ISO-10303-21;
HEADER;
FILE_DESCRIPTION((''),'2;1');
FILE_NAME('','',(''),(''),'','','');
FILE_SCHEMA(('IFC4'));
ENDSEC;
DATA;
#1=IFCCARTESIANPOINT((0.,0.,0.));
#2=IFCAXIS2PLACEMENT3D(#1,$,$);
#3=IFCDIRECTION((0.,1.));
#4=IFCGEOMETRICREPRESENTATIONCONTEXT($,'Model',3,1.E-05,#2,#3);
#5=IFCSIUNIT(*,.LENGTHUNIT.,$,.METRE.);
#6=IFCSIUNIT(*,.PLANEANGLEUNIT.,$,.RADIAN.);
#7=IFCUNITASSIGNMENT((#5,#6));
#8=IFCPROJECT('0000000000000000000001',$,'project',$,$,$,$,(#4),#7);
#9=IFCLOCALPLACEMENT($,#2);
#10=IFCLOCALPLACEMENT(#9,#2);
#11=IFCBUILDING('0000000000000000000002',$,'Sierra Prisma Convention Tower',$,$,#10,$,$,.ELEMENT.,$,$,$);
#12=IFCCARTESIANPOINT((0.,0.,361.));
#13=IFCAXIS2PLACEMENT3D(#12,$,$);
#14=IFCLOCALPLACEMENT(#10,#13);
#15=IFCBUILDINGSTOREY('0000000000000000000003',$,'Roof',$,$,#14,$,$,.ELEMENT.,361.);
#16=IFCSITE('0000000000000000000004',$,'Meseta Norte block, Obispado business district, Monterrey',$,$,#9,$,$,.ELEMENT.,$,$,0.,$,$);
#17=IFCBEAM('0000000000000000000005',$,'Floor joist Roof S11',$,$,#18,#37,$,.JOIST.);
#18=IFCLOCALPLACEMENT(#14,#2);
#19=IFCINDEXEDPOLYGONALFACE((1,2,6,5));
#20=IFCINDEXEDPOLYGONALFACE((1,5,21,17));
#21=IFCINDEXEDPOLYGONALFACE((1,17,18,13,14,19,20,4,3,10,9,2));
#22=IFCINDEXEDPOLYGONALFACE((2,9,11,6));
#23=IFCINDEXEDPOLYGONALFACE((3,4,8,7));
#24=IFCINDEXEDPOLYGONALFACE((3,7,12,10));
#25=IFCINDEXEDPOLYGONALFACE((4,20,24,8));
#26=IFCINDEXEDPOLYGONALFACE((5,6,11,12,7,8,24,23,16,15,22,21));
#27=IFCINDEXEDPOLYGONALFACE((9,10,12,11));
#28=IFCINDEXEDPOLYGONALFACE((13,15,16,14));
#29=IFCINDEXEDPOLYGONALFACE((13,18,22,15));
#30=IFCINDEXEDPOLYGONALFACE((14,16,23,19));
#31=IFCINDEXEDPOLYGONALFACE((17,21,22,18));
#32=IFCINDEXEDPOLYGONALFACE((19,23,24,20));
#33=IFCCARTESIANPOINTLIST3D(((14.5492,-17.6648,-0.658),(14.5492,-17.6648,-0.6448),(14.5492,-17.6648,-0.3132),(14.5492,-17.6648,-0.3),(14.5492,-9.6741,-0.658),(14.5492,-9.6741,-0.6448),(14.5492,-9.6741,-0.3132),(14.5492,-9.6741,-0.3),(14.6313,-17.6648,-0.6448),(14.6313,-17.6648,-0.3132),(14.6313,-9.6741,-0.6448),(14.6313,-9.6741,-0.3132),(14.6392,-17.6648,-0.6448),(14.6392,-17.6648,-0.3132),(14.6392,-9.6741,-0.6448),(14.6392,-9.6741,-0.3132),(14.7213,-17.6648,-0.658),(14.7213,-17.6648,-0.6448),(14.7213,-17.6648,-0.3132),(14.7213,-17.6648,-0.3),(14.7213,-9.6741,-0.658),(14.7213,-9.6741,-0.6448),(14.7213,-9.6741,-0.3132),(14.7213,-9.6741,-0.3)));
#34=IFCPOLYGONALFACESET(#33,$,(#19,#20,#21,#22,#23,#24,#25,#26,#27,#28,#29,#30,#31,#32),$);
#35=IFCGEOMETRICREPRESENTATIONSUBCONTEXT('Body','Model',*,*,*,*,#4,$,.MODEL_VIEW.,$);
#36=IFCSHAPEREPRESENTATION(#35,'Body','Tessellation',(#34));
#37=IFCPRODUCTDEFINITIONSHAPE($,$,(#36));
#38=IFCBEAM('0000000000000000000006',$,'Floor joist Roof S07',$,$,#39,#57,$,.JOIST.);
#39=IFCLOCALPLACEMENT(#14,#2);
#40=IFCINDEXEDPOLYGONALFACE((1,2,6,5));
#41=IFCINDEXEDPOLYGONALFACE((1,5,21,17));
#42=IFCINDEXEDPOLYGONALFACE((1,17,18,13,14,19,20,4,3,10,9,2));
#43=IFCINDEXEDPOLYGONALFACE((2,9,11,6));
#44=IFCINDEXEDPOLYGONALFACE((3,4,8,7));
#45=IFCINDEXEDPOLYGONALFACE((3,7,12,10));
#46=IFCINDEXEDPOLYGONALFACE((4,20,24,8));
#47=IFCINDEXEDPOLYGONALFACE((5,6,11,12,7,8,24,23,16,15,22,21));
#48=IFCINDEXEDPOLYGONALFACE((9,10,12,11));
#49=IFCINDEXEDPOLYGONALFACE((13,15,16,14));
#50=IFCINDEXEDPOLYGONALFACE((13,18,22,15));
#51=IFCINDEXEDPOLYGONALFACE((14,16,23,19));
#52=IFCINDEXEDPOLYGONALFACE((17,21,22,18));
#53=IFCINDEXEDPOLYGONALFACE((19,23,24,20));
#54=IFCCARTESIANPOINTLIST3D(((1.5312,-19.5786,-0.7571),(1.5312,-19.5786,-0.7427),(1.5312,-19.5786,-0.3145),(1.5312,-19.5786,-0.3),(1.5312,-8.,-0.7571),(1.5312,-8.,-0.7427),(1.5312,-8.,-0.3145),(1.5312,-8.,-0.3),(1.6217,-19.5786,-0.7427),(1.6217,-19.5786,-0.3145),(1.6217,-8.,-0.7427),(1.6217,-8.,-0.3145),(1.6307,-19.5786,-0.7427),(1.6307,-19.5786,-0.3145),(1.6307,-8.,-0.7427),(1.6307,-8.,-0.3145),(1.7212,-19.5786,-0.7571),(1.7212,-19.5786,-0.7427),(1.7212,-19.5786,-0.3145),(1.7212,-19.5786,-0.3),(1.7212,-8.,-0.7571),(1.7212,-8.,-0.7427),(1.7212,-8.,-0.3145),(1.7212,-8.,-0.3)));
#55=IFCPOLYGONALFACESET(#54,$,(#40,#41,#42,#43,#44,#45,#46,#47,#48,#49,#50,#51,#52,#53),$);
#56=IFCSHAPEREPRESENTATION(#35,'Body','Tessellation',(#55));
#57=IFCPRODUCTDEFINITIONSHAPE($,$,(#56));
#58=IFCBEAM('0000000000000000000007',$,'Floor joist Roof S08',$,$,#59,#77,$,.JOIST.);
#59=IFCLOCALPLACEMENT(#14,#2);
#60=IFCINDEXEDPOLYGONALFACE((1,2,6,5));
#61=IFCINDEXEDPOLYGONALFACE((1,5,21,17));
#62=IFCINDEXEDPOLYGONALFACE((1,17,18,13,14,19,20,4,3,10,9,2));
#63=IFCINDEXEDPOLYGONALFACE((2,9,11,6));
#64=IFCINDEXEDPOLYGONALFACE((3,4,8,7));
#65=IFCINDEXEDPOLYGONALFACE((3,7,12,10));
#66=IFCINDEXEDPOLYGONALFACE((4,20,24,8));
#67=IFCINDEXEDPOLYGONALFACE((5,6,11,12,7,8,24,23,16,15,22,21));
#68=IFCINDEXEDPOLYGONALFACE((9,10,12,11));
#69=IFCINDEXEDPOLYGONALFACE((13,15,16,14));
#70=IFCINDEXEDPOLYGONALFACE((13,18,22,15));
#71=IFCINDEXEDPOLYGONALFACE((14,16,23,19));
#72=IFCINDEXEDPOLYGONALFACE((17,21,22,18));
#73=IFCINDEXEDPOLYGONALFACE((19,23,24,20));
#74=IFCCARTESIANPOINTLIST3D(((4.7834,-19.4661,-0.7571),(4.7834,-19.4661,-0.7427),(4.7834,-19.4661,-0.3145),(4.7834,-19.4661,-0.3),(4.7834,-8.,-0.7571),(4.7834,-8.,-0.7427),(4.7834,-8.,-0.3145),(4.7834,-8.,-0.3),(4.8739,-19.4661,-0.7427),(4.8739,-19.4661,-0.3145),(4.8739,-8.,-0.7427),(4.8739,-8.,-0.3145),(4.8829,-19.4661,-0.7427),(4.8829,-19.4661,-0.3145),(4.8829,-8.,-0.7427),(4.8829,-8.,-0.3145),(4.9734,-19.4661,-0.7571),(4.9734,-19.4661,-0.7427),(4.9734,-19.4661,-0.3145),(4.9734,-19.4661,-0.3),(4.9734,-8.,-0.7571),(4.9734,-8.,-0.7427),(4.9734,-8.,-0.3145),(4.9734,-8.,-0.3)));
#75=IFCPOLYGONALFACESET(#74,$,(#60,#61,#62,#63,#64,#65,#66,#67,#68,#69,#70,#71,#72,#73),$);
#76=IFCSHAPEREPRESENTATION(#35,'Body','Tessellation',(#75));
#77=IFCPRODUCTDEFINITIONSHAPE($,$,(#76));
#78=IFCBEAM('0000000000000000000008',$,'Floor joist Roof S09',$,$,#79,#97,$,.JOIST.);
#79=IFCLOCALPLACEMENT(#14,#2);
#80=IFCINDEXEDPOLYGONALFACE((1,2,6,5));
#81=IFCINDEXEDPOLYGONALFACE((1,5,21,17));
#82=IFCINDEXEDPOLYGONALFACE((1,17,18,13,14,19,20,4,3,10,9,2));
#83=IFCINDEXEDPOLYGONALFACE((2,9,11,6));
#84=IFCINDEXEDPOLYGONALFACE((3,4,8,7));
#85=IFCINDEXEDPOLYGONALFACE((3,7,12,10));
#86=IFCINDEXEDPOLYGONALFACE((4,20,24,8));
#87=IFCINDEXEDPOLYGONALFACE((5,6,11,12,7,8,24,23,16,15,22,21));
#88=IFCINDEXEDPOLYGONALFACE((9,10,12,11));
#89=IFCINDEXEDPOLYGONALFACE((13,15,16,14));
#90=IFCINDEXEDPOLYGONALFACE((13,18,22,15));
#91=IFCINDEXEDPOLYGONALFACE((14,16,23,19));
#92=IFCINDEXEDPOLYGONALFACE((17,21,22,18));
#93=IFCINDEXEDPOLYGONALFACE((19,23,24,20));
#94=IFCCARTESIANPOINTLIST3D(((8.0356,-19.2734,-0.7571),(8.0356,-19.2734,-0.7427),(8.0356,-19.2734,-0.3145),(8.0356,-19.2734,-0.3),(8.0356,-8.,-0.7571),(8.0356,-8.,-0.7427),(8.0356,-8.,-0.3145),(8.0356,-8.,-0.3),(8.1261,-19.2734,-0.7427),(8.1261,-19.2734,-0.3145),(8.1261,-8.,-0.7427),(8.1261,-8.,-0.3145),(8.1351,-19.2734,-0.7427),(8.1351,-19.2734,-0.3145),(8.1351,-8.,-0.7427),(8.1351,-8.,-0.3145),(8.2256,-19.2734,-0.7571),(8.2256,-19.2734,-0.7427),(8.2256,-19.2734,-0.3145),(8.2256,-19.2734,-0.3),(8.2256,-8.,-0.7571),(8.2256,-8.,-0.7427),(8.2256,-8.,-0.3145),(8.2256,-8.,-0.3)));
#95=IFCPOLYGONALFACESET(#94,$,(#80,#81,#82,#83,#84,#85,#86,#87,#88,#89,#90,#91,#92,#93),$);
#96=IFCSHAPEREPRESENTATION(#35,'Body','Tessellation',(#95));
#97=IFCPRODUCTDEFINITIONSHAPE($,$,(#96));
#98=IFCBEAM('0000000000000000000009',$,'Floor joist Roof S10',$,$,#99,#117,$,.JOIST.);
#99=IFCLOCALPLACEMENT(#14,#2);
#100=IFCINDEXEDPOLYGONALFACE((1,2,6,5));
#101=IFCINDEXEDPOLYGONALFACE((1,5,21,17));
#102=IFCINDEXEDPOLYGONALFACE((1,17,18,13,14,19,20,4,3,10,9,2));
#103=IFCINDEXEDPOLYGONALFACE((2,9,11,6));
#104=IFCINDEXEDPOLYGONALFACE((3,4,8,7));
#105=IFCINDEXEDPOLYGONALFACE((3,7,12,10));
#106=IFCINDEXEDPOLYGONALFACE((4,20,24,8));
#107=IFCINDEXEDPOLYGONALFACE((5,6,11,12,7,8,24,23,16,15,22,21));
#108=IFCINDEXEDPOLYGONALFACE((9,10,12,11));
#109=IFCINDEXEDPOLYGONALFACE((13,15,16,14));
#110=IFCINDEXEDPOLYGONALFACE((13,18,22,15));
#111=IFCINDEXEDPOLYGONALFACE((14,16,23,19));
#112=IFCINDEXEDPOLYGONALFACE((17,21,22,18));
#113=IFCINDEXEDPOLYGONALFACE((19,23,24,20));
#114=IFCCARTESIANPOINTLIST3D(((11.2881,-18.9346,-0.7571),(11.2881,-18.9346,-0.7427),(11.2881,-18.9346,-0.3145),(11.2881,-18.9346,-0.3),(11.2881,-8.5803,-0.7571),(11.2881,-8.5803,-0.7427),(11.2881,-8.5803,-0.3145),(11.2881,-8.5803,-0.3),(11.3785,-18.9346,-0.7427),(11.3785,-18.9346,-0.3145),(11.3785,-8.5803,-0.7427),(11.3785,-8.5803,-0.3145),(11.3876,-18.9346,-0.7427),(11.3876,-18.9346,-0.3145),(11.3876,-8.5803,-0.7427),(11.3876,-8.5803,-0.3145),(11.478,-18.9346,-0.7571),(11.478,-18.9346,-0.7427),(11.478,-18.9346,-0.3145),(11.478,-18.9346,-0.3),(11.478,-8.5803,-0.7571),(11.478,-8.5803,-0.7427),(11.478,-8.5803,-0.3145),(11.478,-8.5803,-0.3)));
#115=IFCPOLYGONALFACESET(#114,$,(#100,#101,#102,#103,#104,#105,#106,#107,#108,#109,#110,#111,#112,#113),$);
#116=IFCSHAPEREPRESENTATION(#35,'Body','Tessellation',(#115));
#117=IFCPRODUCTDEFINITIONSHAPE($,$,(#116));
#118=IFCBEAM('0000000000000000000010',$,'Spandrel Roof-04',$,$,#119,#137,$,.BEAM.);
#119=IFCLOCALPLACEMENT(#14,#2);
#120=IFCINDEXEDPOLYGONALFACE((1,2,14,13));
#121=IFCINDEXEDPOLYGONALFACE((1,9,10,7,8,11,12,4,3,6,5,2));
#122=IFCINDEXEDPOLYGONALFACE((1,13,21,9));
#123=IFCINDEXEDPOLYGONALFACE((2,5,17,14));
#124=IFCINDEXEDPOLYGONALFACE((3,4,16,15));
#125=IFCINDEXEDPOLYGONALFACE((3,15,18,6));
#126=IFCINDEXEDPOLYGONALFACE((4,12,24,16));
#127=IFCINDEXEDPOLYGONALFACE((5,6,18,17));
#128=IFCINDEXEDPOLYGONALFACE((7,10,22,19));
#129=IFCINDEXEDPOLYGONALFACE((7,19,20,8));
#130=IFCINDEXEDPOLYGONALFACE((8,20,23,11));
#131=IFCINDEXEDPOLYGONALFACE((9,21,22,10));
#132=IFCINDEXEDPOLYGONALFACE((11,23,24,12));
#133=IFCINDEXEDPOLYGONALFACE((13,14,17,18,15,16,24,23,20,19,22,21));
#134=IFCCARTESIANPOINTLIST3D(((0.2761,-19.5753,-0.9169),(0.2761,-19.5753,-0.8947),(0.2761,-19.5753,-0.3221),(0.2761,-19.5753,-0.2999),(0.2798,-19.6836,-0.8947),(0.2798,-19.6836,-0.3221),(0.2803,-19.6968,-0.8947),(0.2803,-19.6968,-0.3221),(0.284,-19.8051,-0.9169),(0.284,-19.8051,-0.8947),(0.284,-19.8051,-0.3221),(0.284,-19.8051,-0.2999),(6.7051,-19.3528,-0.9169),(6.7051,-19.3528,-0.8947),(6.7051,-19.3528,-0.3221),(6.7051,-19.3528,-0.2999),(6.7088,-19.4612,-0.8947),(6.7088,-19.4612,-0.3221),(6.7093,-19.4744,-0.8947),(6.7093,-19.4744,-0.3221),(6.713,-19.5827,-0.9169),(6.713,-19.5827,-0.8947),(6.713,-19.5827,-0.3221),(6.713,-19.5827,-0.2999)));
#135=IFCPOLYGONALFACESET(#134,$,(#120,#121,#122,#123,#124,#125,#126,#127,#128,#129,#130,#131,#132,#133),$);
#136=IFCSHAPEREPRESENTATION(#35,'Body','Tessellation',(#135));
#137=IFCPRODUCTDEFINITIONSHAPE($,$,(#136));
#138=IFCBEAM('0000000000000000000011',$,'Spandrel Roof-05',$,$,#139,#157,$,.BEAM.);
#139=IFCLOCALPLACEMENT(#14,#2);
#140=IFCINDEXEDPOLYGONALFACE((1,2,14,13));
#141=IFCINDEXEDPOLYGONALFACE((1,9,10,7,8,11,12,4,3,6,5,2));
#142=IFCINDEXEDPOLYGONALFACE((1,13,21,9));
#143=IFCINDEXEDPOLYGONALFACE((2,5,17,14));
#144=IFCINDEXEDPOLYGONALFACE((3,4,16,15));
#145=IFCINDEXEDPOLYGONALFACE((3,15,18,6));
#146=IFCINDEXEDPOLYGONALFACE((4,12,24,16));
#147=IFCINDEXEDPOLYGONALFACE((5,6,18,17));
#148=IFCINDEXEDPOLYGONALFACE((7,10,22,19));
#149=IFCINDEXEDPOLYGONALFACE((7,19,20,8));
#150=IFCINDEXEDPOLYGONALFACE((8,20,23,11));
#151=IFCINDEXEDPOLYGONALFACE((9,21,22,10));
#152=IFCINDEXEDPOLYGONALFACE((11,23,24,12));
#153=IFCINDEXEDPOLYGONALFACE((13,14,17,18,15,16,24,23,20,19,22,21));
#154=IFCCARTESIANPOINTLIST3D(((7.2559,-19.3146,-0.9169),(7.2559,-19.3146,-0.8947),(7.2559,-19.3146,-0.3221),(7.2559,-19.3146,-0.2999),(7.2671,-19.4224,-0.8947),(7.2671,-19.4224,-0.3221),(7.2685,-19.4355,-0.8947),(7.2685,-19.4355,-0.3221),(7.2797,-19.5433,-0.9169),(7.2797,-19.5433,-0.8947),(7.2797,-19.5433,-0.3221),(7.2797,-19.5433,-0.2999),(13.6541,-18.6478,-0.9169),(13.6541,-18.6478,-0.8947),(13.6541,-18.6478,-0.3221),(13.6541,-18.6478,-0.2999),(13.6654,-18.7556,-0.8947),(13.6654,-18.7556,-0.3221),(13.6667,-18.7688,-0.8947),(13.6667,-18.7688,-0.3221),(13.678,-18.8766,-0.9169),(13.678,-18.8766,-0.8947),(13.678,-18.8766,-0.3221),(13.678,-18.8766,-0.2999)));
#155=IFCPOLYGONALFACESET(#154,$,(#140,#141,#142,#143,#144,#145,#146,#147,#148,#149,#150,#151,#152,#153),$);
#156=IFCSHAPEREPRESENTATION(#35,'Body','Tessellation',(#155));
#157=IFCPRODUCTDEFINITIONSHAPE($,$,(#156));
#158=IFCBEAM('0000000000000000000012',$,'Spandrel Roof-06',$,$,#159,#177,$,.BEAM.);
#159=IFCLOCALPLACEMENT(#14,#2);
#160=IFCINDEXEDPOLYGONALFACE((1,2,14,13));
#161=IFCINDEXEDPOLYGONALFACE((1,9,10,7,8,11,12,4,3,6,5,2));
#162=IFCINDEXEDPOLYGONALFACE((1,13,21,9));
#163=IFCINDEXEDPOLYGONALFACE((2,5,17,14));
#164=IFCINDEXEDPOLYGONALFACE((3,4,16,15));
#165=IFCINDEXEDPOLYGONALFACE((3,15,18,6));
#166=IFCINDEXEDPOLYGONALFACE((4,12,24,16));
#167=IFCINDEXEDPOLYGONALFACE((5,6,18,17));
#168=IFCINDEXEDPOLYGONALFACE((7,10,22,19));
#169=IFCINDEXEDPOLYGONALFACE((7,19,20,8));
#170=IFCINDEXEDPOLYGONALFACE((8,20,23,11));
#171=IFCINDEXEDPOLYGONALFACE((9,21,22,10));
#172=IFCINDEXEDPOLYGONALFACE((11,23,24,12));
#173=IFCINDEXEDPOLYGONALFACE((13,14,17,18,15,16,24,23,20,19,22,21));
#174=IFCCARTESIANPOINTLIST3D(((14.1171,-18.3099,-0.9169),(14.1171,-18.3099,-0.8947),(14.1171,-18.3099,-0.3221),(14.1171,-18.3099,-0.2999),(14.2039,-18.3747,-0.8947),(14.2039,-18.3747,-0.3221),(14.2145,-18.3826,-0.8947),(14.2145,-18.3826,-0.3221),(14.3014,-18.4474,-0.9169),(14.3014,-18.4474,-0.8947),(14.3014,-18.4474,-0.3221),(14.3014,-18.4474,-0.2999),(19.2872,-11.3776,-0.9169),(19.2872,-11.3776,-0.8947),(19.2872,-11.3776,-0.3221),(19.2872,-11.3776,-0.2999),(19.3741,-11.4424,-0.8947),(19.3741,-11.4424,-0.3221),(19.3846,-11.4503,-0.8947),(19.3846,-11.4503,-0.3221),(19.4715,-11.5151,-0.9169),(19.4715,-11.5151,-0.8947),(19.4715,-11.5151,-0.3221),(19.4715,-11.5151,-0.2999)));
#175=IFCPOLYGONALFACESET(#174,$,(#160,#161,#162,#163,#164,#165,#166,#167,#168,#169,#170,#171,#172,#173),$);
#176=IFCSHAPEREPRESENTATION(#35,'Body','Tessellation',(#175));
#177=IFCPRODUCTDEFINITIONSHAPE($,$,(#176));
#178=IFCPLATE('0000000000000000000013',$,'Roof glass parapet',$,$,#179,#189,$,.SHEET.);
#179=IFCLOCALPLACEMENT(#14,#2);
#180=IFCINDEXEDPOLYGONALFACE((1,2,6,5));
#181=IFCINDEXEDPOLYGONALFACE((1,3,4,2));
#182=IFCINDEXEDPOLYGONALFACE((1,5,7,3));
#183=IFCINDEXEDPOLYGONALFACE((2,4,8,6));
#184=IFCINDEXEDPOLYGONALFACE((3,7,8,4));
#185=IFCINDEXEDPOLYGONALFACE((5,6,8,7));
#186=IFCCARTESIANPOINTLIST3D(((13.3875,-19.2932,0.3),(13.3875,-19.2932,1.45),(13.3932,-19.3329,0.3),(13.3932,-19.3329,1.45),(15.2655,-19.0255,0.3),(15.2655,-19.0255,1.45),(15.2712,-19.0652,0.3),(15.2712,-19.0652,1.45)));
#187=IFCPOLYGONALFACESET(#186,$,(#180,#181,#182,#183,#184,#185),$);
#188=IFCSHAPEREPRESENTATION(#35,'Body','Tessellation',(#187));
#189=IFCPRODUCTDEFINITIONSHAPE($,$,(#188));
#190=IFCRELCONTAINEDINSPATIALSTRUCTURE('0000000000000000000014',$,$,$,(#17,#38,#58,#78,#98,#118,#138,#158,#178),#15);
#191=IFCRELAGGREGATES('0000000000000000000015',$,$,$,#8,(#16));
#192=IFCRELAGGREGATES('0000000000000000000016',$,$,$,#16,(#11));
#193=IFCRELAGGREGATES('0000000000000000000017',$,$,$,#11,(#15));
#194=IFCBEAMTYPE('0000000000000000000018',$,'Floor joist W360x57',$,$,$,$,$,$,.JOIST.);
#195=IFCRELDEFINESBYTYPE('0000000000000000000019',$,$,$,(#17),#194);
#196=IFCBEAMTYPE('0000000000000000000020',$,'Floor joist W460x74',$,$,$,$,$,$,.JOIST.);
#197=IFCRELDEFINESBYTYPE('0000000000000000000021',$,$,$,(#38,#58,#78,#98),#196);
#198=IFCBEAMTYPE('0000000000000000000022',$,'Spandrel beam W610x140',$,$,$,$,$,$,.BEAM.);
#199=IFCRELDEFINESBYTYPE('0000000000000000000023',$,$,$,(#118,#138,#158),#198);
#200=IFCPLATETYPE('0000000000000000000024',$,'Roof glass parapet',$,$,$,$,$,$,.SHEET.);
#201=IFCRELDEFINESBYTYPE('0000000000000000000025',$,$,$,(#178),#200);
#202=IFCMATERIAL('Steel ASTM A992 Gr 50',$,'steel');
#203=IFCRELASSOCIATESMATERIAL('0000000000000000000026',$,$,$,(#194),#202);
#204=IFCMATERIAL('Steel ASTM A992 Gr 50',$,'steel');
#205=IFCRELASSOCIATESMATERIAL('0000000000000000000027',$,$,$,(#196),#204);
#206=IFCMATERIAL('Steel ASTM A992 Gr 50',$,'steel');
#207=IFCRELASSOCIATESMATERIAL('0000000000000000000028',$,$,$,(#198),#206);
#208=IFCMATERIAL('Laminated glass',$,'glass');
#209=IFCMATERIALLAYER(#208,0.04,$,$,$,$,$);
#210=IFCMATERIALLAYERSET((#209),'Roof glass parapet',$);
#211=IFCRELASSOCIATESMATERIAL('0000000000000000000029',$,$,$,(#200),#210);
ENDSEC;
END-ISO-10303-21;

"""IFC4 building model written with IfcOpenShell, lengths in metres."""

from ifc_helpers import new_model, si_unit, direction, frame, origin, origin_2d, place, context, subcontext, project, spatial, rectangle, i_section, extrude, material, layer, layer_set, material_profile, profile_set, type_object, element, save


model = new_model("IFC4")

# Units and contexts
model_context = context("Model", 3, precision=1e-05, world=origin(), true_north=direction((0.0, 1.0)))
body_context = subcontext(model_context, "Body", "Model", "MODEL_VIEW")
ifc_project = project(units=[si_unit("LENGTHUNIT", "METRE"), si_unit("PLANEANGLEUNIT", "RADIAN")], contexts=[model_context])

# Site, building, storey
site_placement = place(None, origin())
site = spatial("IfcSite", under=ifc_project, at=site_placement, Name="Meseta Norte block, Obispado business district, Monterrey", CompositionType="ELEMENT", RefElevation=0.0)
building_placement = place(site_placement, origin())
building = spatial("IfcBuilding", under=site, at=building_placement, Name="Sierra Prisma Convention Tower", CompositionType="ELEMENT")
storey_placement = place(building_placement, frame((0.0, 0.0, 361.0)))
storey = spatial("IfcBuildingStorey", under=building, at=storey_placement, Name="Roof", CompositionType="ELEMENT", Elevation=361.0)

# Beams
ifc_material_1 = material(Name="Steel ASTM A992 Gr 50", Category="steel")
ifc_material_profile_1 = material_profile(ifc_material_1, i_section(OverallWidth=0.1721, OverallDepth=0.3579, WebThickness=0.0078, FlangeThickness=0.0132, at=origin_2d()), Name="W360x57")
ifc_profile_set_1 = profile_set([ifc_material_profile_1], Name="Steel ASTM A992 Gr 50")
beam_type_1 = type_object("IfcBeamType", Name="Floor joist W360x57", PredefinedType="JOIST", material=ifc_profile_set_1)
beam_1_placement = place(storey_placement, frame((14.6353, -17.6648, -0.479), z_axis=(0.0, 1.0, 0.0), x_axis=(-1.0, 0.0, 0.0)))
element("IfcBeam", 1, at=beam_1_placement, inside=storey, type_object=beam_type_1, Name="Floor joist Roof S11", PredefinedType="JOIST", context=body_context, shape_type="SweptSolid", body=[
    extrude(i_section(OverallWidth=0.1721, OverallDepth=0.3579, WebThickness=0.0078, FlangeThickness=0.0132, at=origin_2d()), origin(), (0.0, 0.0, 1.0), 7.9907),
])
ifc_material_2 = material(Name="Steel ASTM A992 Gr 50", Category="steel")
ifc_material_profile_2 = material_profile(ifc_material_2, i_section(OverallWidth=0.1899, OverallDepth=0.457, WebThickness=0.009, FlangeThickness=0.0144, at=origin_2d()), Name="W460x74")
ifc_profile_set_2 = profile_set([ifc_material_profile_2], Name="Steel ASTM A992 Gr 50")
beam_type_2 = type_object("IfcBeamType", Name="Floor joist W460x74", PredefinedType="JOIST", material=ifc_profile_set_2)
beam_2_placement = place(storey_placement, frame((1.6262, -19.5786, -0.5286), z_axis=(0.0, 1.0, 0.0), x_axis=(-1.0, 0.0, 0.0)))
element("IfcBeam", 2, at=beam_2_placement, inside=storey, type_object=beam_type_2, Name="Floor joist Roof S07", PredefinedType="JOIST", context=body_context, shape_type="SweptSolid", body=[
    extrude(i_section(OverallWidth=0.1899, OverallDepth=0.457, WebThickness=0.009, FlangeThickness=0.0144, at=origin_2d()), origin(), (0.0, 0.0, 1.0), 11.5786),
])
beam_3_placement = place(storey_placement, frame((4.8784, -19.4661, -0.5286), z_axis=(0.0, 1.0, 0.0), x_axis=(-1.0, 0.0, 0.0)))
element("IfcBeam", 3, at=beam_3_placement, inside=storey, type_object=beam_type_2, Name="Floor joist Roof S08", PredefinedType="JOIST", context=body_context, shape_type="SweptSolid", body=[
    extrude(i_section(OverallWidth=0.1899, OverallDepth=0.457, WebThickness=0.009, FlangeThickness=0.0144, at=origin_2d()), origin(), (0.0, 0.0, 1.0), 11.4661),
])
beam_4_placement = place(storey_placement, frame((8.1306, -19.2734, -0.5286), z_axis=(0.0, 1.0, 0.0), x_axis=(-1.0, 0.0, 0.0)))
element("IfcBeam", 4, at=beam_4_placement, inside=storey, type_object=beam_type_2, Name="Floor joist Roof S09", PredefinedType="JOIST", context=body_context, shape_type="SweptSolid", body=[
    extrude(i_section(OverallWidth=0.1899, OverallDepth=0.457, WebThickness=0.009, FlangeThickness=0.0144, at=origin_2d()), origin(), (0.0, 0.0, 1.0), 11.2734),
])
beam_5_placement = place(storey_placement, frame((11.3831, -18.9346, -0.5286), z_axis=(0.0, 1.0, 0.0), x_axis=(-1.0, 0.0, 0.0)))
element("IfcBeam", 5, at=beam_5_placement, inside=storey, type_object=beam_type_2, Name="Floor joist Roof S10", PredefinedType="JOIST", context=body_context, shape_type="SweptSolid", body=[
    extrude(i_section(OverallWidth=0.1899, OverallDepth=0.457, WebThickness=0.009, FlangeThickness=0.0144, at=origin_2d()), origin(), (0.0, 0.0, 1.0), 10.3542),
])
ifc_material_3 = material(Name="Steel ASTM A992 Gr 50", Category="steel")
ifc_material_profile_3 = material_profile(ifc_material_3, i_section(OverallWidth=0.23, OverallDepth=0.6169, WebThickness=0.0132, FlangeThickness=0.0222, at=origin_2d()), Name="W610x140")
ifc_profile_set_3 = profile_set([ifc_material_profile_3], Name="Steel ASTM A992 Gr 50")
beam_type_3 = type_object("IfcBeamType", Name="Spandrel beam W610x140", PredefinedType="BEAM", material=ifc_profile_set_3)
for number, where, z_axis, x_axis, name in (
    (6, (0.28, -19.6902, -0.6084), (0.999402, 0.034575, 0.0), (-0.034575, 0.999402, 0.0), "Spandrel Roof-04"),
    (7, (7.2678, -19.429, -0.6084), (0.994614, 0.103648, 0.0), (-0.103648, 0.994614, 0.0), "Spandrel Roof-05"),
):
    element("IfcBeam", number, at=place(storey_placement, frame(where, z_axis=z_axis, x_axis=x_axis)), inside=storey, type_object=beam_type_3, Name=name, PredefinedType="BEAM", context=body_context, shape_type="SweptSolid", body=[
        extrude(i_section(OverallWidth=0.23, OverallDepth=0.6169, WebThickness=0.0132, FlangeThickness=0.0222, at=origin_2d()), origin(), (0.0, 0.0, 1.0), 6.4329),
    ])
beam_6_placement = place(storey_placement, frame((14.2092, -18.3787, -0.6084), z_axis=(0.597843, 0.801613, 0.0), x_axis=(-0.801613, 0.597843, 0.0)))
element("IfcBeam", 8, at=beam_6_placement, inside=storey, type_object=beam_type_3, Name="Spandrel Roof-06", PredefinedType="BEAM", context=body_context, shape_type="SweptSolid", body=[
    extrude(i_section(OverallWidth=0.23, OverallDepth=0.6169, WebThickness=0.0132, FlangeThickness=0.0222, at=origin_2d()), origin(), (0.0, 0.0, 1.0), 8.6479),
])

# Plate
ifc_material_4 = material(Name="Laminated glass", Category="glass")
ifc_layer_1 = layer(ifc_material_4, 0.04)
ifc_layer_set_1 = layer_set([ifc_layer_1], Name="Roof glass parapet")
plate_type = type_object("IfcPlateType", Name="Roof glass parapet", PredefinedType="SHEET", material=ifc_layer_set_1)
for number, where, z_axis, x_axis, name in (
    (9, (14.3293, -19.1792, 0.3), (0.0, 0.0, 1.0), (-0.98999, -0.141136, 0.0), "Roof glass parapet"),
):
    element("IfcPlate", number, at=place(storey_placement, frame(where, z_axis=z_axis, x_axis=x_axis)), inside=storey, type_object=plate_type, Name=name, PredefinedType="SHEET", context=body_context, shape_type="SweptSolid", body=[
        extrude(rectangle(XDim=1.897, YDim=0.04, at=origin_2d()), origin(), (0.0, 0.0, 1.0), 1.1499),
    ])

save(model, "model.ifc")
